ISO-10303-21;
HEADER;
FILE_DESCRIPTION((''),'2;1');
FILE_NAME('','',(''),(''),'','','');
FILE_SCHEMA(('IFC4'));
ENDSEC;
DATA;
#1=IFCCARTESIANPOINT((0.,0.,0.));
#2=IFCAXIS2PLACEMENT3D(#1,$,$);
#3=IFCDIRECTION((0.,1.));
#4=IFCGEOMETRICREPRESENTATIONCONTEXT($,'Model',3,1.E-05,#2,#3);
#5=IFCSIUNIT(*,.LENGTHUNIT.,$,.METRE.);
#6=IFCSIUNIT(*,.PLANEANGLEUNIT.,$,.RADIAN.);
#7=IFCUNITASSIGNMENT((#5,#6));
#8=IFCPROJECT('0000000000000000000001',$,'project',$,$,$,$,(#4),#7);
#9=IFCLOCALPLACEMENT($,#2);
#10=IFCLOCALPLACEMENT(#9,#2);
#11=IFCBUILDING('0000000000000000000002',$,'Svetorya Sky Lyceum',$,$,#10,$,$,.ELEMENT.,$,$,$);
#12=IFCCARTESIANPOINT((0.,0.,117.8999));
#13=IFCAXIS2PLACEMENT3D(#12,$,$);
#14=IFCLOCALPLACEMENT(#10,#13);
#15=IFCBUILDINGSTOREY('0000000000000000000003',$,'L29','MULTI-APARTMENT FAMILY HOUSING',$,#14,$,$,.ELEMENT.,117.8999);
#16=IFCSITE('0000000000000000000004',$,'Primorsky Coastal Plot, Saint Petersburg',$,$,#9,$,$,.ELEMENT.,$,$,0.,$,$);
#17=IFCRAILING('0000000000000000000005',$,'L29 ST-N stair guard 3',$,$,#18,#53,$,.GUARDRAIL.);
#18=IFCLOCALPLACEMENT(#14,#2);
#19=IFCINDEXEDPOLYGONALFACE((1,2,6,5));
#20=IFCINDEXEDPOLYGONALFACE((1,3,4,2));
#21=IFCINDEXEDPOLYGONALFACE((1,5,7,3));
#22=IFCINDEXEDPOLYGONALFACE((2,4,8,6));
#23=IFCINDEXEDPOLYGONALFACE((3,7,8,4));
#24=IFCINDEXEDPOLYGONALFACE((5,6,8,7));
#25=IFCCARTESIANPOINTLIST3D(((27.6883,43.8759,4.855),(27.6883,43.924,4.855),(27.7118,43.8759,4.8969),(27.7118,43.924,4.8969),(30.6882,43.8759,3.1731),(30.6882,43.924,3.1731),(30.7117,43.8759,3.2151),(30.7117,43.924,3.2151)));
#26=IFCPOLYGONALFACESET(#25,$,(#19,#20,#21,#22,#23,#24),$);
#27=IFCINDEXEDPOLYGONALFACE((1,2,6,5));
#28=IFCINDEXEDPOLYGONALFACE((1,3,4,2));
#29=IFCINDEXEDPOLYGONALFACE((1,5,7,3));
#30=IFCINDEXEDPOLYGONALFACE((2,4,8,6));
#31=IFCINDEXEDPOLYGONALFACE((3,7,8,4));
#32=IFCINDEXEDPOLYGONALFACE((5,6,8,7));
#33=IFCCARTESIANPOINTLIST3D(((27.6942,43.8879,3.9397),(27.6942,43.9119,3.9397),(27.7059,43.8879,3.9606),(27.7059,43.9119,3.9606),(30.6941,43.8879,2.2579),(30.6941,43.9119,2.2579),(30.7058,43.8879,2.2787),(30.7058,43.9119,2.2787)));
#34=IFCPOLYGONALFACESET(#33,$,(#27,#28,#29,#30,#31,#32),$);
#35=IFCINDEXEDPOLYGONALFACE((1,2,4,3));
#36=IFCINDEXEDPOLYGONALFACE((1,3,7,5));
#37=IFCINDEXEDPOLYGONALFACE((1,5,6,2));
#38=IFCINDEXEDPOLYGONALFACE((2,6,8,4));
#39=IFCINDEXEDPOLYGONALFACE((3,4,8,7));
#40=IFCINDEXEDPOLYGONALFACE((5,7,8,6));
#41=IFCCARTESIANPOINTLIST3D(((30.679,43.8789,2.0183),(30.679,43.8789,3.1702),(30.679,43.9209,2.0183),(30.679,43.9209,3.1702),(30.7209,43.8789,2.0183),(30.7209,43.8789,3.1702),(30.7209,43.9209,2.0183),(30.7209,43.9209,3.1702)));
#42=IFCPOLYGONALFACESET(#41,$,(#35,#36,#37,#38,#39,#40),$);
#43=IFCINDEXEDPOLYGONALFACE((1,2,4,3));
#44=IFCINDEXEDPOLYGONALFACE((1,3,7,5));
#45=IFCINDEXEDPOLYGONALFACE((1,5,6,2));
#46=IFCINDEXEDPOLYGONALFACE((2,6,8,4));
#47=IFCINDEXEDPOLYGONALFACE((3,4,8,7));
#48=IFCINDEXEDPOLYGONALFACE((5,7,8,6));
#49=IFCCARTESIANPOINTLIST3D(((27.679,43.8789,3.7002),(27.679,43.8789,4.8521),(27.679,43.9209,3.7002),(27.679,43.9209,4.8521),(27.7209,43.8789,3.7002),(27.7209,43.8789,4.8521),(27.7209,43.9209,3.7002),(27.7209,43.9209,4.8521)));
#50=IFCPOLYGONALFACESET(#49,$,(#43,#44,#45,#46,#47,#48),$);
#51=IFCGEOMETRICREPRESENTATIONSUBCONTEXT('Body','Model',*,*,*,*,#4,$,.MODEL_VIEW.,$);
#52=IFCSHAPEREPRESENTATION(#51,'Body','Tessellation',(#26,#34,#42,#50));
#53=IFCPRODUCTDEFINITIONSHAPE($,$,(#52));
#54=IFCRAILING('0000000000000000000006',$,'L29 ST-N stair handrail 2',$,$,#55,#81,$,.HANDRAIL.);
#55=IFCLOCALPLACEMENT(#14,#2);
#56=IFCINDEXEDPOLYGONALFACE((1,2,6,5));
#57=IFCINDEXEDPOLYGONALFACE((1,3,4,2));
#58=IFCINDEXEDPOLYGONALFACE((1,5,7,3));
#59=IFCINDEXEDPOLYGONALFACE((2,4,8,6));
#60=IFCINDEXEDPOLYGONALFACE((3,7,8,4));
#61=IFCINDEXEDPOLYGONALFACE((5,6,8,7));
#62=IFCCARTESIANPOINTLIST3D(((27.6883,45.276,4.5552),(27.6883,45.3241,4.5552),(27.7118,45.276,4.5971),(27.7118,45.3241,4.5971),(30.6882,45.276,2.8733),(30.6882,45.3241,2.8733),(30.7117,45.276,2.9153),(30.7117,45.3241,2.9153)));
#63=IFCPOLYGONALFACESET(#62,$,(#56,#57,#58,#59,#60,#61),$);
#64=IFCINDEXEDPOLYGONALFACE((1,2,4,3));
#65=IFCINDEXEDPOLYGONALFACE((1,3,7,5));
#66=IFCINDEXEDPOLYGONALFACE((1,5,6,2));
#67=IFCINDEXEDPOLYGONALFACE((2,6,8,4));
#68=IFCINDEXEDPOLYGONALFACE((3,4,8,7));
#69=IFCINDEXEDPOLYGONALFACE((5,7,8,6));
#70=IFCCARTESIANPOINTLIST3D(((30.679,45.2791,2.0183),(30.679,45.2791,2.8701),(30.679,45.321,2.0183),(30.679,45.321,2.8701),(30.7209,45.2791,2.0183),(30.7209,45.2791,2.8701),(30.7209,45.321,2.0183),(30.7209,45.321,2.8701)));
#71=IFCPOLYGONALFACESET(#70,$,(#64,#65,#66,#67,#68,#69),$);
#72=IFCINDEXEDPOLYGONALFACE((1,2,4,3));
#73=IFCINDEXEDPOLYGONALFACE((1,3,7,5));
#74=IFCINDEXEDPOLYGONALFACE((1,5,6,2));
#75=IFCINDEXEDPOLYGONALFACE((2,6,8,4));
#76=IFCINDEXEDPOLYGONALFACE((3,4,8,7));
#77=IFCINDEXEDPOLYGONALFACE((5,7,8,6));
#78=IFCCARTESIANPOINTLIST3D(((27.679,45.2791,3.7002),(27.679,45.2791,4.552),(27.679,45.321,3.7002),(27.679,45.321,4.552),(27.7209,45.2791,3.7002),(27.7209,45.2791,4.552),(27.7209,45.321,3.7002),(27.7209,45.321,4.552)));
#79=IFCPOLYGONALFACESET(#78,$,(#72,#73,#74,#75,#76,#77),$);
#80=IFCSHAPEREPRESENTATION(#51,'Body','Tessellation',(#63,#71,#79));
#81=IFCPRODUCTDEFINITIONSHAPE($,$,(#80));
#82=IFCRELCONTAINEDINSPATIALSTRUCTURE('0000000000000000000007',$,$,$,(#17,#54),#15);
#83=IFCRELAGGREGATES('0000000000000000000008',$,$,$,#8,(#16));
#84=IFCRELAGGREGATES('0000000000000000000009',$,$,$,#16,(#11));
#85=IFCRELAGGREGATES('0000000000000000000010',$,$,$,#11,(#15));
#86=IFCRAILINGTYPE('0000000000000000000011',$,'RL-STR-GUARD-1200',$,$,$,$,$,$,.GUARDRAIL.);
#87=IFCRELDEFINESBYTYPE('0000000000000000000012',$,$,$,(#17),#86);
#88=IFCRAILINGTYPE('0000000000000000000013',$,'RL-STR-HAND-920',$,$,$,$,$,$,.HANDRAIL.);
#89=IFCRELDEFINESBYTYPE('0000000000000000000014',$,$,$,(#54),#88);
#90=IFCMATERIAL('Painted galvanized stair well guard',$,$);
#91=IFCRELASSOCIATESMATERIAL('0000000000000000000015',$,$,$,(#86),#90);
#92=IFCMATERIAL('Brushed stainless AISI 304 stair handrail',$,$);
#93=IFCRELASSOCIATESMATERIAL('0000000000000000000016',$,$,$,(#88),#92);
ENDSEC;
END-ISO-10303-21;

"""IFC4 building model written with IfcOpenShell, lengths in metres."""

from ifc_helpers import new_model, si_unit, direction, frame, origin, origin_2d, place, context, subcontext, project, spatial, rectangle, extrude, material, type_object, element, save


model = new_model("IFC4")

# Units and contexts
model_context = context("Model", 3, precision=1e-05, world=origin(), true_north=direction((0.0, 1.0)))
body_context = subcontext(model_context, "Body", "Model", "MODEL_VIEW")
ifc_project = project(units=[si_unit("LENGTHUNIT", "METRE"), si_unit("PLANEANGLEUNIT", "RADIAN")], contexts=[model_context])

# Site, building, storey
site_placement = place(None, origin())
site = spatial("IfcSite", under=ifc_project, at=site_placement, Name="Primorsky Coastal Plot, Saint Petersburg", CompositionType="ELEMENT", RefElevation=0.0)
building_placement = place(site_placement, origin())
building = spatial("IfcBuilding", under=site, at=building_placement, Name="Svetorya Sky Lyceum", CompositionType="ELEMENT")
storey_placement = place(building_placement, frame((0.0, 0.0, 117.8999)))
storey = spatial("IfcBuildingStorey", under=building, at=storey_placement, Name="L29", Description="MULTI-APARTMENT FAMILY HOUSING", CompositionType="ELEMENT", Elevation=117.8999)

# Railings
ifc_material_1 = material(Name="Painted galvanized stair well guard")
railing_type_1 = type_object("IfcRailingType", Name="RL-STR-GUARD-1200", PredefinedType="GUARDRAIL", material=ifc_material_1)
railing_1_placement = place(storey_placement, frame((30.7, 43.8999, 2.0183)))
element("IfcRailing", 1, at=railing_1_placement, inside=storey, type_object=railing_type_1, Name="L29 ST-N stair guard 3", PredefinedType="GUARDRAIL", context=body_context, shape_type="SweptSolid", body=[
    extrude(rectangle(XDim=0.0481, YDim=0.0481, at=origin_2d()), frame((0.0, 0.0, 1.1758), z_axis=(-0.872272, 0.0, 0.48902), x_axis=(0.0, -1.0, 0.0)), (0.0, 0.0, 1.0), 3.4392),
    extrude(rectangle(XDim=0.0239, YDim=0.0239, at=origin_2d()), frame((0.0, 0.0, 0.25), z_axis=(-0.872272, 0.0, 0.48902), x_axis=(0.0, -1.0, 0.0)), (0.0, 0.0, 1.0), 3.4392),
    extrude(rectangle(XDim=0.042, YDim=0.042, at=origin_2d()), origin(), (0.0, 0.0, 1.0), 1.1519),
    extrude(rectangle(XDim=0.042, YDim=0.042, at=origin_2d()), frame((-3.0, 0.0, 1.6819)), (0.0, 0.0, 1.0), 1.1519),
])
ifc_material_2 = material(Name="Brushed stainless AISI 304 stair handrail")
railing_type_2 = type_object("IfcRailingType", Name="RL-STR-HAND-920", PredefinedType="HANDRAIL", material=ifc_material_2)
railing_2_placement = place(storey_placement, frame((30.7, 45.3, 2.0183)))
element("IfcRailing", 2, at=railing_2_placement, inside=storey, type_object=railing_type_2, Name="L29 ST-N stair handrail 2", PredefinedType="HANDRAIL", context=body_context, shape_type="SweptSolid", body=[
    extrude(rectangle(XDim=0.0481, YDim=0.0481, at=origin_2d()), frame((0.0, 0.0, 0.876), z_axis=(-0.872272, 0.0, 0.48902), x_axis=(0.0, -1.0, 0.0)), (0.0, 0.0, 1.0), 3.4392),
    extrude(rectangle(XDim=0.042, YDim=0.042, at=origin_2d()), origin(), (0.0, 0.0, 1.0), 0.8518),
    extrude(rectangle(XDim=0.042, YDim=0.042, at=origin_2d()), frame((-3.0, 0.0, 1.6819)), (0.0, 0.0, 1.0), 0.8518),
])

save(model, "model.ifc")
